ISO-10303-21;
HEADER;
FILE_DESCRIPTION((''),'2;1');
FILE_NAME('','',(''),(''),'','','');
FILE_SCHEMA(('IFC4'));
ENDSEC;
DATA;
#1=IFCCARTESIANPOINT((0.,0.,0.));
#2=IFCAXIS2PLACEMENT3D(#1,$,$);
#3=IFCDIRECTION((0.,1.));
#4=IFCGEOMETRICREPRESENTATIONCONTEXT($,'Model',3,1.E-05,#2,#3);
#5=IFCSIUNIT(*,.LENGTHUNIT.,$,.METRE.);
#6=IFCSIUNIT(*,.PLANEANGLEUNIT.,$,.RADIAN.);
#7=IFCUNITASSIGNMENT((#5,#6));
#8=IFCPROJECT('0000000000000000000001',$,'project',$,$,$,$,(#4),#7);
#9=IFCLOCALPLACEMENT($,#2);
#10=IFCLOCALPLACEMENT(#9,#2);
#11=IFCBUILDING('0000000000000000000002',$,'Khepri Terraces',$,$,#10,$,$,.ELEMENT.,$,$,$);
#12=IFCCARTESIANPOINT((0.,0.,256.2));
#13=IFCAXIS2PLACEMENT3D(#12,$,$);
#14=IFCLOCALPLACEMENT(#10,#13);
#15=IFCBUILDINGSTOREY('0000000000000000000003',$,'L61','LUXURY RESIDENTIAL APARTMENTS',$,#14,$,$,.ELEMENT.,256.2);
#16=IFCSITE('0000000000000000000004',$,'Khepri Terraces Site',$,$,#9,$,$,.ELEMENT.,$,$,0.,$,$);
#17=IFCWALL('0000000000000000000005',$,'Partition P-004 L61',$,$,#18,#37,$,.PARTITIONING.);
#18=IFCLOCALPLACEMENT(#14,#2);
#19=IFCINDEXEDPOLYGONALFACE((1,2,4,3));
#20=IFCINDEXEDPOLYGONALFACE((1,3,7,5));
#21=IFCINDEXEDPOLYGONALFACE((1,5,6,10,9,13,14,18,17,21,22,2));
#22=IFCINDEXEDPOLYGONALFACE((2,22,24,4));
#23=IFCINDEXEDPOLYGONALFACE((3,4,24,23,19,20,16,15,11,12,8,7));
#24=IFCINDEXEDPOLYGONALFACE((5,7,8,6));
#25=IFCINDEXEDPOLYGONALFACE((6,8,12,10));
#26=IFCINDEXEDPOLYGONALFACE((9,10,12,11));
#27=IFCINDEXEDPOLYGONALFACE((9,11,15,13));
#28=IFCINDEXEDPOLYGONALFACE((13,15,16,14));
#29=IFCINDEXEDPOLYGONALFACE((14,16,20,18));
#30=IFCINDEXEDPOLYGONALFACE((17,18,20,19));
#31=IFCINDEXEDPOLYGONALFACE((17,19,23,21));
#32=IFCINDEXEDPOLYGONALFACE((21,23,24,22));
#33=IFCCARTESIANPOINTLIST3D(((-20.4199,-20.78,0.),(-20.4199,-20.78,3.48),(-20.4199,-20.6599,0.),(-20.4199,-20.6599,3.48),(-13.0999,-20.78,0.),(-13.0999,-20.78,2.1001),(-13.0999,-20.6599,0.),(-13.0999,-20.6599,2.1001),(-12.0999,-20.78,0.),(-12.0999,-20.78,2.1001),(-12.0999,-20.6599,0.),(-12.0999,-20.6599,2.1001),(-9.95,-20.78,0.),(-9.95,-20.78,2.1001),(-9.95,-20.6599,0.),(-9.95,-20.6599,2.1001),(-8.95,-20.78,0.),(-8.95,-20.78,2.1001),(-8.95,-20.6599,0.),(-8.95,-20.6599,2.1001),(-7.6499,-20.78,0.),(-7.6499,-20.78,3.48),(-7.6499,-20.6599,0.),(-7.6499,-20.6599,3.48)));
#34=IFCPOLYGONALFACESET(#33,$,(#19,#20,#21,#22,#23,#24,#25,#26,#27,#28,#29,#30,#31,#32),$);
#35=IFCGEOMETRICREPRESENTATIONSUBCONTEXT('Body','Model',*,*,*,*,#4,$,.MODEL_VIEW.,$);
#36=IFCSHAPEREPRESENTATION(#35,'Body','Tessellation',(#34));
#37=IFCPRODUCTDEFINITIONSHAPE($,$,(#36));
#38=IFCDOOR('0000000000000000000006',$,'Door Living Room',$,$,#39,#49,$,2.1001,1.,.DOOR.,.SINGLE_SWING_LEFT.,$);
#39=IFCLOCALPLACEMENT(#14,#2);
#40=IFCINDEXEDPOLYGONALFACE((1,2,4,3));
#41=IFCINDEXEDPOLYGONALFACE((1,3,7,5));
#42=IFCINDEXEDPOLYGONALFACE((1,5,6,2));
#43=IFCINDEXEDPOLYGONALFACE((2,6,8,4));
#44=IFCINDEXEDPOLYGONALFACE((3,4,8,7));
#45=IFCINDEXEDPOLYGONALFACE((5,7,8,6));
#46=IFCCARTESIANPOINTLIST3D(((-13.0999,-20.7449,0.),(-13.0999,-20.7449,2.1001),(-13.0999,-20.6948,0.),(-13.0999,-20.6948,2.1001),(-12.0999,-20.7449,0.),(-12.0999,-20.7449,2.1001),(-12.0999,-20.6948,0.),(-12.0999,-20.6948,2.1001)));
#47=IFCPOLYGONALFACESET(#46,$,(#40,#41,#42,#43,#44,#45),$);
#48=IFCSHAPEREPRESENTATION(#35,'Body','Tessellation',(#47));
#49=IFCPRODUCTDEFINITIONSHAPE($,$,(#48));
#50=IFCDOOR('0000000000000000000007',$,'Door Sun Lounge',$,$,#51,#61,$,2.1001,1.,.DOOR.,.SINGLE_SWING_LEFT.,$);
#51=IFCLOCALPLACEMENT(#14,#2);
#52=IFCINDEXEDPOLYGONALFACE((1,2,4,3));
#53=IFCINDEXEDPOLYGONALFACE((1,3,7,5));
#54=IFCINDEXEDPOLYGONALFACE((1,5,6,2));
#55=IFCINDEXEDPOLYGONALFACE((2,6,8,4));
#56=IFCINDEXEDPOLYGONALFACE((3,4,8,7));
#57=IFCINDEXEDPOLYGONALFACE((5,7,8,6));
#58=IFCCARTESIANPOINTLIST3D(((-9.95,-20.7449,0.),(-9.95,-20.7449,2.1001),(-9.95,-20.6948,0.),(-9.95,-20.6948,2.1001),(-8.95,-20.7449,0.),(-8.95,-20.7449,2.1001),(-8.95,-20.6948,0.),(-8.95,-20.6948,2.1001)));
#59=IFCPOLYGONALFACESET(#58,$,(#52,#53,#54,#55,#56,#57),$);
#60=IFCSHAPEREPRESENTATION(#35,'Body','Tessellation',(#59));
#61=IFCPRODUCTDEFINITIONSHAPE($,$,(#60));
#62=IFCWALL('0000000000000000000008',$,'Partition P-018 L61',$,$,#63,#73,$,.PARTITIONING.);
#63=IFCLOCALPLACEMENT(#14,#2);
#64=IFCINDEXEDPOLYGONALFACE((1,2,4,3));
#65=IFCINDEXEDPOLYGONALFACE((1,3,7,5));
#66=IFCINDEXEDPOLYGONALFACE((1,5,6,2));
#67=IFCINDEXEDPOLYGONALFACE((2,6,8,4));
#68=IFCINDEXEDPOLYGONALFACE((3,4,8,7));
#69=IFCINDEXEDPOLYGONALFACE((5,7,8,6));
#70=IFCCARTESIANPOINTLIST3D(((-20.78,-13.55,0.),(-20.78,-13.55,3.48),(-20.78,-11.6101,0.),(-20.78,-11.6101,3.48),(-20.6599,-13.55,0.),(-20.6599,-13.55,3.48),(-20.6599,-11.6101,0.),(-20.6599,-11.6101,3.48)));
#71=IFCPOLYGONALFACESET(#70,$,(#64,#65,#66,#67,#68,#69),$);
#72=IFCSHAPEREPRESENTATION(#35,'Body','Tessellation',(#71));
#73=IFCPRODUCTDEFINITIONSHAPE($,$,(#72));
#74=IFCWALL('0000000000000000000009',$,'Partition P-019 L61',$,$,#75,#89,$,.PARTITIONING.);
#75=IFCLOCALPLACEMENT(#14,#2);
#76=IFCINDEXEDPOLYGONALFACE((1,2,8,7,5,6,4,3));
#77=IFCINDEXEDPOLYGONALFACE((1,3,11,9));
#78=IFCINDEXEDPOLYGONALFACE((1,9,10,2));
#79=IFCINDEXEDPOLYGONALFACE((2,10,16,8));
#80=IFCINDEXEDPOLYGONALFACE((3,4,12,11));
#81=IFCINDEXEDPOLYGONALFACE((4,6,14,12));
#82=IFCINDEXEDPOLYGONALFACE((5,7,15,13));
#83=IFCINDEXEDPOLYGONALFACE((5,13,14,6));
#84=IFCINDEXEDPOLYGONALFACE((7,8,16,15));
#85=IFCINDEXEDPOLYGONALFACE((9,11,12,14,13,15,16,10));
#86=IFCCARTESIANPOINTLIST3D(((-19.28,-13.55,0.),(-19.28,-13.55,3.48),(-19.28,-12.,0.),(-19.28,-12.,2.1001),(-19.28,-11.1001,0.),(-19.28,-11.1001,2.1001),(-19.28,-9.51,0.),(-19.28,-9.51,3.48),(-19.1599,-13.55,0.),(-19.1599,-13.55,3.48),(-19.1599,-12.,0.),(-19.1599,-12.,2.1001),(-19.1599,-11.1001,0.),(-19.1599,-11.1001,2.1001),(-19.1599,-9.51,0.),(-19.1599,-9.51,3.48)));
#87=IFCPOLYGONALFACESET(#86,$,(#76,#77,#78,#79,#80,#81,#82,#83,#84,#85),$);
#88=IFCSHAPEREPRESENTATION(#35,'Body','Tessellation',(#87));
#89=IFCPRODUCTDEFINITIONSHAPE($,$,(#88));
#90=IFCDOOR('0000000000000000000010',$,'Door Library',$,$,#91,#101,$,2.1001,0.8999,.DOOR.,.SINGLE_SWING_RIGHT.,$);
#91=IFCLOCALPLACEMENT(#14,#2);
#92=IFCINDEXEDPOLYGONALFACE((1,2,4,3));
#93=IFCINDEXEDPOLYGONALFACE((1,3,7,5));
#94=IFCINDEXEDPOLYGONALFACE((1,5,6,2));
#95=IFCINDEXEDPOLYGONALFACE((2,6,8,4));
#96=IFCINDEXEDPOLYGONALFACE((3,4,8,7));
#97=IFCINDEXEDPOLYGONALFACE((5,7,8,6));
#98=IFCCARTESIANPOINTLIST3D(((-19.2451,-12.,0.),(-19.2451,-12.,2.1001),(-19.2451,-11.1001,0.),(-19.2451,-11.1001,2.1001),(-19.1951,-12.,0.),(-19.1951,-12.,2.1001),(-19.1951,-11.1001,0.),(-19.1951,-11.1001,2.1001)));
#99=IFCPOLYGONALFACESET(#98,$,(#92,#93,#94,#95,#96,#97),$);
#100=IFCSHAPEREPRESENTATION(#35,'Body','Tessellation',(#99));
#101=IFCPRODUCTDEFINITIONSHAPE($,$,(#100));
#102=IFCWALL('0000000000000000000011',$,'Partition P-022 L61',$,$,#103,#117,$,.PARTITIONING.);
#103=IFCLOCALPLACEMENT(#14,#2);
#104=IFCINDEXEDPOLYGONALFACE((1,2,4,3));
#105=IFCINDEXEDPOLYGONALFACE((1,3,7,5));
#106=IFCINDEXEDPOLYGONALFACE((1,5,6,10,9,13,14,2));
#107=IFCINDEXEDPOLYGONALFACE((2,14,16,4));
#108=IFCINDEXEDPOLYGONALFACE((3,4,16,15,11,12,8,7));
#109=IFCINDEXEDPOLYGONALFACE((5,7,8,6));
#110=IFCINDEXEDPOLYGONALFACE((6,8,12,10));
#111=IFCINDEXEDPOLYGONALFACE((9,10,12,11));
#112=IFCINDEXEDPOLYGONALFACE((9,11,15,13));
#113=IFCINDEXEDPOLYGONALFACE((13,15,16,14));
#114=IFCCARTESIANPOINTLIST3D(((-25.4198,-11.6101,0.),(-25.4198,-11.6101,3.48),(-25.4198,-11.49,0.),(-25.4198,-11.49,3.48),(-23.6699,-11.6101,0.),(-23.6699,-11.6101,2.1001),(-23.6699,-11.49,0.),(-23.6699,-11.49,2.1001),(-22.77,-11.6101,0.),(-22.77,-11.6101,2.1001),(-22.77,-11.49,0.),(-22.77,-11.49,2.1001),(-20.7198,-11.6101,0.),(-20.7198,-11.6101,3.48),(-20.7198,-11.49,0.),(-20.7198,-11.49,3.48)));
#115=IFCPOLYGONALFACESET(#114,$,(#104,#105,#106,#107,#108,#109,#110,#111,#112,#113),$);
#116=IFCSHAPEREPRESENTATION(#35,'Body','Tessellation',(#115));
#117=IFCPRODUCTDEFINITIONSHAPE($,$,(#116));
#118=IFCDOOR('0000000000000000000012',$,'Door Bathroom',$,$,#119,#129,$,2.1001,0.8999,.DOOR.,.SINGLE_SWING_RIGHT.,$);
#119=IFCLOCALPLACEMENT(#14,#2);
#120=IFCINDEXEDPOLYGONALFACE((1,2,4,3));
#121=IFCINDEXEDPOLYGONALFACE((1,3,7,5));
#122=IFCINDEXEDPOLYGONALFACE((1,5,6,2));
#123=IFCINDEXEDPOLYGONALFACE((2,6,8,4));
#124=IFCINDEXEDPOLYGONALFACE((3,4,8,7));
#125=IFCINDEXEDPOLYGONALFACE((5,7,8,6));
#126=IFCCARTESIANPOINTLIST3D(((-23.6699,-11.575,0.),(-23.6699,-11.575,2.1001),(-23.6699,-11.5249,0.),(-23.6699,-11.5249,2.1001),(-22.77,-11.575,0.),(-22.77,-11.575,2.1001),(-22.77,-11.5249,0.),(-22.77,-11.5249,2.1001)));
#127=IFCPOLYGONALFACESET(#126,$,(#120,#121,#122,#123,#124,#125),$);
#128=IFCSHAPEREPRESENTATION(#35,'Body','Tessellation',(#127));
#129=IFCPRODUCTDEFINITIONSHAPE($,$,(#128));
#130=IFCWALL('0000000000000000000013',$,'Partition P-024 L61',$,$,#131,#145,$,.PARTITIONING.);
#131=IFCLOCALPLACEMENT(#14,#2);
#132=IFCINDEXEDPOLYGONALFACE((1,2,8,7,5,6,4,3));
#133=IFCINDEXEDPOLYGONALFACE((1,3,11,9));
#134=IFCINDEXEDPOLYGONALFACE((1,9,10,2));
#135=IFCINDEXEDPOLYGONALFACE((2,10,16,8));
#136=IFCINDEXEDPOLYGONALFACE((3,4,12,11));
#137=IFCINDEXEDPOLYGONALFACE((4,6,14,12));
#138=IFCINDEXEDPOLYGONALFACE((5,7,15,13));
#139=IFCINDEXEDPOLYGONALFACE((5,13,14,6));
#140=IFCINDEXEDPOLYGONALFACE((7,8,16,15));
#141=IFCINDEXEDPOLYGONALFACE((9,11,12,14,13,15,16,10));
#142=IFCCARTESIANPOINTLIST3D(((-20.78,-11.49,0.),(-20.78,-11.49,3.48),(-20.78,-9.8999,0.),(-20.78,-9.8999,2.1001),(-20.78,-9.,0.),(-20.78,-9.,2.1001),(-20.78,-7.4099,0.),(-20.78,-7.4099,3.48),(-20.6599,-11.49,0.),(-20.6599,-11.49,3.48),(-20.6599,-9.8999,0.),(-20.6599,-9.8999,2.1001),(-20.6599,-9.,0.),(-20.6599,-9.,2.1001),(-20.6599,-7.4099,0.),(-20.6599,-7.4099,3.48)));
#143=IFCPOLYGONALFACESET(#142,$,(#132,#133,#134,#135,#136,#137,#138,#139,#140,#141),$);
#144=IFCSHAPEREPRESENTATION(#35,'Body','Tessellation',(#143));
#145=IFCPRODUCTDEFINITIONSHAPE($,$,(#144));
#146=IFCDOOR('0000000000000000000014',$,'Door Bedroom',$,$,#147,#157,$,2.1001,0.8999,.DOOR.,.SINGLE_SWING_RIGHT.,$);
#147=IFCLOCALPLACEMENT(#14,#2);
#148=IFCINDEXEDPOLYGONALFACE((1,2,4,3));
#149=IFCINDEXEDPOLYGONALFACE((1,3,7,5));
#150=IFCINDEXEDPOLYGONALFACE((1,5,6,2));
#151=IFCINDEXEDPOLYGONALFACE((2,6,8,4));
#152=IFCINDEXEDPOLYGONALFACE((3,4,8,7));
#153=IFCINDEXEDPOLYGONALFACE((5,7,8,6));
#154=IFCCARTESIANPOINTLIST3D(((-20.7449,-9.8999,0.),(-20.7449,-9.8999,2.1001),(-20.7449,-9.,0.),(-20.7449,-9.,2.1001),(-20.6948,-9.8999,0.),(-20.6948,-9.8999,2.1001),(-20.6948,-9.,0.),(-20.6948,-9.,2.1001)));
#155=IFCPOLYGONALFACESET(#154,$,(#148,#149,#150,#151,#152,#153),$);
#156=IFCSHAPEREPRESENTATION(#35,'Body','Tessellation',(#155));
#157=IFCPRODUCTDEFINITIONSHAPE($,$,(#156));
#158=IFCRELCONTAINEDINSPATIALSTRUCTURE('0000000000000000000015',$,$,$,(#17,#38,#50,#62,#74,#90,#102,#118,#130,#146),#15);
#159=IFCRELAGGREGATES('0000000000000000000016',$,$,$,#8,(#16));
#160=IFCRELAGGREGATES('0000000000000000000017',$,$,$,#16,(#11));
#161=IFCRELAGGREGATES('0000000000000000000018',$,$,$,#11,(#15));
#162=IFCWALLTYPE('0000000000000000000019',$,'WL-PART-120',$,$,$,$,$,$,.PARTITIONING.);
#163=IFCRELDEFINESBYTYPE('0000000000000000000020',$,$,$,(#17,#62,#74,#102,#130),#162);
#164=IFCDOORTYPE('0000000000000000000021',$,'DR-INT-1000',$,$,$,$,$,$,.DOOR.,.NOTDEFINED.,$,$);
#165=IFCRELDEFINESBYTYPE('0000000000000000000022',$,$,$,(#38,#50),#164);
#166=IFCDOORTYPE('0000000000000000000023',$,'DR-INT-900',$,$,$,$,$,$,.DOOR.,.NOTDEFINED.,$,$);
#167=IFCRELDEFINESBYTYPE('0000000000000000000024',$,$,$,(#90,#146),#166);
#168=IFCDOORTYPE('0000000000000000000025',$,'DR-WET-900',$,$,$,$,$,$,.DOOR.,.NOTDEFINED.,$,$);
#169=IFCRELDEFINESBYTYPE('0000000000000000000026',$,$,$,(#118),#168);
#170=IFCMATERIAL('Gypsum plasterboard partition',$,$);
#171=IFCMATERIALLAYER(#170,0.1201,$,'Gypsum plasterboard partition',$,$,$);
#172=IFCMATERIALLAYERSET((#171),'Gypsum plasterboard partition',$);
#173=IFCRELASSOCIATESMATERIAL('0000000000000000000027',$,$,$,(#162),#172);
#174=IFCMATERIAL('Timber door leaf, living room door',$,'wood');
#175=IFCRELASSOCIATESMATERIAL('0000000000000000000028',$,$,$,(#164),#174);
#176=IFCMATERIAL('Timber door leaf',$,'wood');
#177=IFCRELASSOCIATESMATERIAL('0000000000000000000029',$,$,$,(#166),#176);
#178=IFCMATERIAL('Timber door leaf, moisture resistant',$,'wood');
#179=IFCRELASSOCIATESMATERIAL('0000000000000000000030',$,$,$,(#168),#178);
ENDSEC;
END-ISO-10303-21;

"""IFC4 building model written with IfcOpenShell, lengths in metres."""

from ifc_helpers import new_model, si_unit, direction, frame, frame_2d, origin, place, context, subcontext, project, spatial, rectangle, extrude, material, layer, layer_set, type_object, element, fill, save


model = new_model("IFC4")

# Units and contexts
model_context = context("Model", 3, precision=1e-05, world=origin(), true_north=direction((0.0, 1.0)))
body_context = subcontext(model_context, "Body", "Model", "MODEL_VIEW")
ifc_project = project(units=[si_unit("LENGTHUNIT", "METRE"), si_unit("PLANEANGLEUNIT", "RADIAN")], contexts=[model_context])

# Site, building, storey
site_placement = place(None, origin())
site = spatial("IfcSite", under=ifc_project, at=site_placement, Name="Khepri Terraces Site", CompositionType="ELEMENT", RefElevation=0.0)
building_placement = place(site_placement, origin())
building = spatial("IfcBuilding", under=site, at=building_placement, Name="Khepri Terraces", CompositionType="ELEMENT")
storey_placement = place(building_placement, frame((0.0, 0.0, 256.2)))
storey = spatial("IfcBuildingStorey", under=building, at=storey_placement, Name="L61", Description="LUXURY RESIDENTIAL APARTMENTS", CompositionType="ELEMENT", Elevation=256.2)

# Wall, openings, doors
ifc_material_1 = material(Name="Gypsum plasterboard partition")
ifc_layer_1 = layer(ifc_material_1, 0.1201, Name="Gypsum plasterboard partition")
ifc_layer_set_1 = layer_set([ifc_layer_1], Name="Gypsum plasterboard partition")
wall_type_1 = type_object("IfcWallType", Name="WL-PART-120", PredefinedType="PARTITIONING", material=ifc_layer_set_1)
wall_1_placement = place(storey_placement, frame((-20.4199, -20.72, 0.0), z_axis=(0.0, 0.0, 1.0), x_axis=(1.0, 0.0, 0.0)))
wall_1 = element("IfcWall", 1, at=wall_1_placement, inside=storey, type_object=wall_type_1, Name="Partition P-004 L61", PredefinedType="PARTITIONING", context=body_context, shape_type="SweptSolid", body=[
    extrude(rectangle(XDim=12.77, YDim=0.1201, at=frame_2d((6.385, 0.0))), origin(), (0.0, 0.0, 1.0), 3.48),
])
opening_1_placement = place(wall_1_placement, frame((7.3201, 0.0, 0.0)))
opening_1 = element("IfcOpeningElement", 2, at=opening_1_placement, cuts=wall_1, PredefinedType="OPENING", context=body_context, shape_type="SweptSolid", body=[
    extrude(rectangle(XDim=1.0, YDim=2.1001, at=frame_2d((0.5, 1.05))), frame((0.0, 0.0701, 0.0), z_axis=(0.0, -1.0, 0.0), x_axis=(1.0, 0.0, 0.0)), (0.0, 0.0, 1.0), 0.1401),
])
opening_2_placement = place(wall_1_placement, frame((10.47, 0.0, 0.0)))
opening_2 = element("IfcOpeningElement", 3, at=opening_2_placement, cuts=wall_1, PredefinedType="OPENING", context=body_context, shape_type="SweptSolid", body=[
    extrude(rectangle(XDim=1.0, YDim=2.1001, at=frame_2d((0.5, 1.05))), frame((0.0, 0.0701, 0.0), z_axis=(0.0, -1.0, 0.0), x_axis=(1.0, 0.0, 0.0)), (0.0, 0.0, 1.0), 0.1401),
])
ifc_material_2 = material(Name="Timber door leaf, living room door", Category="wood")
door_type_1 = type_object("IfcDoorType", Name="DR-INT-1000", OperationType="NOTDEFINED", PredefinedType="DOOR", material=ifc_material_2)
door_1_placement = place(opening_1_placement, frame((1.0, 0.0, 0.0), z_axis=(0.0, 0.0, 1.0), x_axis=(-1.0, 0.0, 0.0)))
door_1 = element("IfcDoor", 4, at=door_1_placement, inside=storey, type_object=door_type_1, Name="Door Living Room", OperationType="SINGLE_SWING_LEFT", OverallHeight=2.1001, OverallWidth=1.0, PredefinedType="DOOR", context=body_context, shape_type="SweptSolid", body=[
    extrude(rectangle(XDim=1.0, YDim=2.1001, at=frame_2d((0.5, 1.05))), frame((0.0, 0.0249, 0.0), z_axis=(0.0, -1.0, 0.0), x_axis=(1.0, 0.0, 0.0)), (0.0, 0.0, 1.0), 0.05),
])
fill(opening_1, door_1)
door_2_placement = place(opening_2_placement, frame((1.0, 0.0, 0.0), z_axis=(0.0, 0.0, 1.0), x_axis=(-1.0, 0.0, 0.0)))
door_2 = element("IfcDoor", 5, at=door_2_placement, inside=storey, type_object=door_type_1, Name="Door Sun Lounge", OperationType="SINGLE_SWING_LEFT", OverallHeight=2.1001, OverallWidth=1.0, PredefinedType="DOOR", context=body_context, shape_type="SweptSolid", body=[
    extrude(rectangle(XDim=1.0, YDim=2.1001, at=frame_2d((0.5, 1.05))), frame((0.0, 0.0249, 0.0), z_axis=(0.0, -1.0, 0.0), x_axis=(1.0, 0.0, 0.0)), (0.0, 0.0, 1.0), 0.05),
])
fill(opening_2, door_2)

# Wall
wall_2_placement = place(storey_placement, frame((-20.72, -13.55, 0.0), z_axis=(0.0, 0.0, 1.0), x_axis=(0.0, 1.0, 0.0)))
element("IfcWall", 6, at=wall_2_placement, inside=storey, type_object=wall_type_1, Name="Partition P-018 L61", PredefinedType="PARTITIONING", context=body_context, shape_type="SweptSolid", body=[
    extrude(rectangle(XDim=1.9399, YDim=0.1201, at=frame_2d((0.97, 0.0))), origin(), (0.0, 0.0, 1.0), 3.48),
])

# Walls, openings, doors
wall_3_placement = place(storey_placement, frame((-19.22, -13.55, 0.0), z_axis=(0.0, 0.0, 1.0), x_axis=(0.0, 1.0, 0.0)))
wall_3 = element("IfcWall", 7, at=wall_3_placement, inside=storey, type_object=wall_type_1, Name="Partition P-019 L61", PredefinedType="PARTITIONING", context=body_context, shape_type="SweptSolid", body=[
    extrude(rectangle(XDim=4.04, YDim=0.1201, at=frame_2d((2.02, 0.0))), origin(), (0.0, 0.0, 1.0), 3.48),
])
opening_3_placement = place(wall_3_placement, frame((1.55, 0.0, 0.0)))
opening_3 = element("IfcOpeningElement", 8, at=opening_3_placement, cuts=wall_3, PredefinedType="OPENING", context=body_context, shape_type="SweptSolid", body=[
    extrude(rectangle(XDim=0.8999, YDim=2.1001, at=frame_2d((0.45, 1.05))), frame((0.0, 0.0701, 0.0), z_axis=(0.0, -1.0, 0.0), x_axis=(1.0, 0.0, 0.0)), (0.0, 0.0, 1.0), 0.1401),
])
ifc_material_3 = material(Name="Timber door leaf", Category="wood")
door_type_2 = type_object("IfcDoorType", Name="DR-INT-900", OperationType="NOTDEFINED", PredefinedType="DOOR", material=ifc_material_3)
door_3_placement = place(opening_3_placement, frame((0.8999, 0.0, 0.0), z_axis=(0.0, 0.0, 1.0), x_axis=(-1.0, 0.0, 0.0)))
door_3 = element("IfcDoor", 9, at=door_3_placement, inside=storey, type_object=door_type_2, Name="Door Library", OperationType="SINGLE_SWING_RIGHT", OverallHeight=2.1001, OverallWidth=0.8999, PredefinedType="DOOR", context=body_context, shape_type="SweptSolid", body=[
    extrude(rectangle(XDim=0.8999, YDim=2.1001, at=frame_2d((0.45, 1.05))), frame((0.0, 0.0249, 0.0), z_axis=(0.0, -1.0, 0.0), x_axis=(1.0, 0.0, 0.0)), (0.0, 0.0, 1.0), 0.05),
])
fill(opening_3, door_3)
wall_4_placement = place(storey_placement, frame((-25.4199, -11.55, 0.0), z_axis=(0.0, 0.0, 1.0), x_axis=(1.0, 0.0, 0.0)))
wall_4 = element("IfcWall", 10, at=wall_4_placement, inside=storey, type_object=wall_type_1, Name="Partition P-022 L61", PredefinedType="PARTITIONING", context=body_context, shape_type="SweptSolid", body=[
    extrude(rectangle(XDim=4.7, YDim=0.1201, at=frame_2d((2.3501, 0.0))), origin(), (0.0, 0.0, 1.0), 3.48),
])
opening_4_placement = place(wall_4_placement, frame((1.75, 0.0, 0.0)))
opening_4 = element("IfcOpeningElement", 11, at=opening_4_placement, cuts=wall_4, PredefinedType="OPENING", context=body_context, shape_type="SweptSolid", body=[
    extrude(rectangle(XDim=0.8999, YDim=2.1001, at=frame_2d((0.45, 1.05))), frame((0.0, 0.0701, 0.0), z_axis=(0.0, -1.0, 0.0), x_axis=(1.0, 0.0, 0.0)), (0.0, 0.0, 1.0), 0.1401),
])
ifc_material_4 = material(Name="Timber door leaf, moisture resistant", Category="wood")
door_type_3 = type_object("IfcDoorType", Name="DR-WET-900", OperationType="NOTDEFINED", PredefinedType="DOOR", material=ifc_material_4)
door_4_placement = place(opening_4_placement, frame((0.8999, 0.0, 0.0), z_axis=(0.0, 0.0, 1.0), x_axis=(-1.0, 0.0, 0.0)))
door_4 = element("IfcDoor", 12, at=door_4_placement, inside=storey, type_object=door_type_3, Name="Door Bathroom", OperationType="SINGLE_SWING_RIGHT", OverallHeight=2.1001, OverallWidth=0.8999, PredefinedType="DOOR", context=body_context, shape_type="SweptSolid", body=[
    extrude(rectangle(XDim=0.8999, YDim=2.1001, at=frame_2d((0.45, 1.05))), frame((0.0, 0.0249, 0.0), z_axis=(0.0, -1.0, 0.0), x_axis=(1.0, 0.0, 0.0)), (0.0, 0.0, 1.0), 0.05),
])
fill(opening_4, door_4)
wall_5_placement = place(storey_placement, frame((-20.72, -11.49, 0.0), z_axis=(0.0, 0.0, 1.0), x_axis=(0.0, 1.0, 0.0)))
wall_5 = element("IfcWall", 13, at=wall_5_placement, inside=storey, type_object=wall_type_1, Name="Partition P-024 L61", PredefinedType="PARTITIONING", context=body_context, shape_type="SweptSolid", body=[
    extrude(rectangle(XDim=4.0801, YDim=0.1201, at=frame_2d((2.04, 0.0))), origin(), (0.0, 0.0, 1.0), 3.48),
])
opening_5_placement = place(wall_5_placement, frame((1.5901, 0.0, 0.0)))
opening_5 = element("IfcOpeningElement", 14, at=opening_5_placement, cuts=wall_5, PredefinedType="OPENING", context=body_context, shape_type="SweptSolid", body=[
    extrude(rectangle(XDim=0.8999, YDim=2.1001, at=frame_2d((0.45, 1.05))), frame((0.0, 0.0701, 0.0), z_axis=(0.0, -1.0, 0.0), x_axis=(1.0, 0.0, 0.0)), (0.0, 0.0, 1.0), 0.1401),
])
door_5_placement = place(opening_5_placement, origin())
door_5 = element("IfcDoor", 15, at=door_5_placement, inside=storey, type_object=door_type_2, Name="Door Bedroom", OperationType="SINGLE_SWING_RIGHT", OverallHeight=2.1001, OverallWidth=0.8999, PredefinedType="DOOR", context=body_context, shape_type="SweptSolid", body=[
    extrude(rectangle(XDim=0.8999, YDim=2.1001, at=frame_2d((0.45, 1.05))), frame((0.0, 0.0249, 0.0), z_axis=(0.0, -1.0, 0.0), x_axis=(1.0, 0.0, 0.0)), (0.0, 0.0, 1.0), 0.05),
])
fill(opening_5, door_5)

save(model, "model.ifc")
